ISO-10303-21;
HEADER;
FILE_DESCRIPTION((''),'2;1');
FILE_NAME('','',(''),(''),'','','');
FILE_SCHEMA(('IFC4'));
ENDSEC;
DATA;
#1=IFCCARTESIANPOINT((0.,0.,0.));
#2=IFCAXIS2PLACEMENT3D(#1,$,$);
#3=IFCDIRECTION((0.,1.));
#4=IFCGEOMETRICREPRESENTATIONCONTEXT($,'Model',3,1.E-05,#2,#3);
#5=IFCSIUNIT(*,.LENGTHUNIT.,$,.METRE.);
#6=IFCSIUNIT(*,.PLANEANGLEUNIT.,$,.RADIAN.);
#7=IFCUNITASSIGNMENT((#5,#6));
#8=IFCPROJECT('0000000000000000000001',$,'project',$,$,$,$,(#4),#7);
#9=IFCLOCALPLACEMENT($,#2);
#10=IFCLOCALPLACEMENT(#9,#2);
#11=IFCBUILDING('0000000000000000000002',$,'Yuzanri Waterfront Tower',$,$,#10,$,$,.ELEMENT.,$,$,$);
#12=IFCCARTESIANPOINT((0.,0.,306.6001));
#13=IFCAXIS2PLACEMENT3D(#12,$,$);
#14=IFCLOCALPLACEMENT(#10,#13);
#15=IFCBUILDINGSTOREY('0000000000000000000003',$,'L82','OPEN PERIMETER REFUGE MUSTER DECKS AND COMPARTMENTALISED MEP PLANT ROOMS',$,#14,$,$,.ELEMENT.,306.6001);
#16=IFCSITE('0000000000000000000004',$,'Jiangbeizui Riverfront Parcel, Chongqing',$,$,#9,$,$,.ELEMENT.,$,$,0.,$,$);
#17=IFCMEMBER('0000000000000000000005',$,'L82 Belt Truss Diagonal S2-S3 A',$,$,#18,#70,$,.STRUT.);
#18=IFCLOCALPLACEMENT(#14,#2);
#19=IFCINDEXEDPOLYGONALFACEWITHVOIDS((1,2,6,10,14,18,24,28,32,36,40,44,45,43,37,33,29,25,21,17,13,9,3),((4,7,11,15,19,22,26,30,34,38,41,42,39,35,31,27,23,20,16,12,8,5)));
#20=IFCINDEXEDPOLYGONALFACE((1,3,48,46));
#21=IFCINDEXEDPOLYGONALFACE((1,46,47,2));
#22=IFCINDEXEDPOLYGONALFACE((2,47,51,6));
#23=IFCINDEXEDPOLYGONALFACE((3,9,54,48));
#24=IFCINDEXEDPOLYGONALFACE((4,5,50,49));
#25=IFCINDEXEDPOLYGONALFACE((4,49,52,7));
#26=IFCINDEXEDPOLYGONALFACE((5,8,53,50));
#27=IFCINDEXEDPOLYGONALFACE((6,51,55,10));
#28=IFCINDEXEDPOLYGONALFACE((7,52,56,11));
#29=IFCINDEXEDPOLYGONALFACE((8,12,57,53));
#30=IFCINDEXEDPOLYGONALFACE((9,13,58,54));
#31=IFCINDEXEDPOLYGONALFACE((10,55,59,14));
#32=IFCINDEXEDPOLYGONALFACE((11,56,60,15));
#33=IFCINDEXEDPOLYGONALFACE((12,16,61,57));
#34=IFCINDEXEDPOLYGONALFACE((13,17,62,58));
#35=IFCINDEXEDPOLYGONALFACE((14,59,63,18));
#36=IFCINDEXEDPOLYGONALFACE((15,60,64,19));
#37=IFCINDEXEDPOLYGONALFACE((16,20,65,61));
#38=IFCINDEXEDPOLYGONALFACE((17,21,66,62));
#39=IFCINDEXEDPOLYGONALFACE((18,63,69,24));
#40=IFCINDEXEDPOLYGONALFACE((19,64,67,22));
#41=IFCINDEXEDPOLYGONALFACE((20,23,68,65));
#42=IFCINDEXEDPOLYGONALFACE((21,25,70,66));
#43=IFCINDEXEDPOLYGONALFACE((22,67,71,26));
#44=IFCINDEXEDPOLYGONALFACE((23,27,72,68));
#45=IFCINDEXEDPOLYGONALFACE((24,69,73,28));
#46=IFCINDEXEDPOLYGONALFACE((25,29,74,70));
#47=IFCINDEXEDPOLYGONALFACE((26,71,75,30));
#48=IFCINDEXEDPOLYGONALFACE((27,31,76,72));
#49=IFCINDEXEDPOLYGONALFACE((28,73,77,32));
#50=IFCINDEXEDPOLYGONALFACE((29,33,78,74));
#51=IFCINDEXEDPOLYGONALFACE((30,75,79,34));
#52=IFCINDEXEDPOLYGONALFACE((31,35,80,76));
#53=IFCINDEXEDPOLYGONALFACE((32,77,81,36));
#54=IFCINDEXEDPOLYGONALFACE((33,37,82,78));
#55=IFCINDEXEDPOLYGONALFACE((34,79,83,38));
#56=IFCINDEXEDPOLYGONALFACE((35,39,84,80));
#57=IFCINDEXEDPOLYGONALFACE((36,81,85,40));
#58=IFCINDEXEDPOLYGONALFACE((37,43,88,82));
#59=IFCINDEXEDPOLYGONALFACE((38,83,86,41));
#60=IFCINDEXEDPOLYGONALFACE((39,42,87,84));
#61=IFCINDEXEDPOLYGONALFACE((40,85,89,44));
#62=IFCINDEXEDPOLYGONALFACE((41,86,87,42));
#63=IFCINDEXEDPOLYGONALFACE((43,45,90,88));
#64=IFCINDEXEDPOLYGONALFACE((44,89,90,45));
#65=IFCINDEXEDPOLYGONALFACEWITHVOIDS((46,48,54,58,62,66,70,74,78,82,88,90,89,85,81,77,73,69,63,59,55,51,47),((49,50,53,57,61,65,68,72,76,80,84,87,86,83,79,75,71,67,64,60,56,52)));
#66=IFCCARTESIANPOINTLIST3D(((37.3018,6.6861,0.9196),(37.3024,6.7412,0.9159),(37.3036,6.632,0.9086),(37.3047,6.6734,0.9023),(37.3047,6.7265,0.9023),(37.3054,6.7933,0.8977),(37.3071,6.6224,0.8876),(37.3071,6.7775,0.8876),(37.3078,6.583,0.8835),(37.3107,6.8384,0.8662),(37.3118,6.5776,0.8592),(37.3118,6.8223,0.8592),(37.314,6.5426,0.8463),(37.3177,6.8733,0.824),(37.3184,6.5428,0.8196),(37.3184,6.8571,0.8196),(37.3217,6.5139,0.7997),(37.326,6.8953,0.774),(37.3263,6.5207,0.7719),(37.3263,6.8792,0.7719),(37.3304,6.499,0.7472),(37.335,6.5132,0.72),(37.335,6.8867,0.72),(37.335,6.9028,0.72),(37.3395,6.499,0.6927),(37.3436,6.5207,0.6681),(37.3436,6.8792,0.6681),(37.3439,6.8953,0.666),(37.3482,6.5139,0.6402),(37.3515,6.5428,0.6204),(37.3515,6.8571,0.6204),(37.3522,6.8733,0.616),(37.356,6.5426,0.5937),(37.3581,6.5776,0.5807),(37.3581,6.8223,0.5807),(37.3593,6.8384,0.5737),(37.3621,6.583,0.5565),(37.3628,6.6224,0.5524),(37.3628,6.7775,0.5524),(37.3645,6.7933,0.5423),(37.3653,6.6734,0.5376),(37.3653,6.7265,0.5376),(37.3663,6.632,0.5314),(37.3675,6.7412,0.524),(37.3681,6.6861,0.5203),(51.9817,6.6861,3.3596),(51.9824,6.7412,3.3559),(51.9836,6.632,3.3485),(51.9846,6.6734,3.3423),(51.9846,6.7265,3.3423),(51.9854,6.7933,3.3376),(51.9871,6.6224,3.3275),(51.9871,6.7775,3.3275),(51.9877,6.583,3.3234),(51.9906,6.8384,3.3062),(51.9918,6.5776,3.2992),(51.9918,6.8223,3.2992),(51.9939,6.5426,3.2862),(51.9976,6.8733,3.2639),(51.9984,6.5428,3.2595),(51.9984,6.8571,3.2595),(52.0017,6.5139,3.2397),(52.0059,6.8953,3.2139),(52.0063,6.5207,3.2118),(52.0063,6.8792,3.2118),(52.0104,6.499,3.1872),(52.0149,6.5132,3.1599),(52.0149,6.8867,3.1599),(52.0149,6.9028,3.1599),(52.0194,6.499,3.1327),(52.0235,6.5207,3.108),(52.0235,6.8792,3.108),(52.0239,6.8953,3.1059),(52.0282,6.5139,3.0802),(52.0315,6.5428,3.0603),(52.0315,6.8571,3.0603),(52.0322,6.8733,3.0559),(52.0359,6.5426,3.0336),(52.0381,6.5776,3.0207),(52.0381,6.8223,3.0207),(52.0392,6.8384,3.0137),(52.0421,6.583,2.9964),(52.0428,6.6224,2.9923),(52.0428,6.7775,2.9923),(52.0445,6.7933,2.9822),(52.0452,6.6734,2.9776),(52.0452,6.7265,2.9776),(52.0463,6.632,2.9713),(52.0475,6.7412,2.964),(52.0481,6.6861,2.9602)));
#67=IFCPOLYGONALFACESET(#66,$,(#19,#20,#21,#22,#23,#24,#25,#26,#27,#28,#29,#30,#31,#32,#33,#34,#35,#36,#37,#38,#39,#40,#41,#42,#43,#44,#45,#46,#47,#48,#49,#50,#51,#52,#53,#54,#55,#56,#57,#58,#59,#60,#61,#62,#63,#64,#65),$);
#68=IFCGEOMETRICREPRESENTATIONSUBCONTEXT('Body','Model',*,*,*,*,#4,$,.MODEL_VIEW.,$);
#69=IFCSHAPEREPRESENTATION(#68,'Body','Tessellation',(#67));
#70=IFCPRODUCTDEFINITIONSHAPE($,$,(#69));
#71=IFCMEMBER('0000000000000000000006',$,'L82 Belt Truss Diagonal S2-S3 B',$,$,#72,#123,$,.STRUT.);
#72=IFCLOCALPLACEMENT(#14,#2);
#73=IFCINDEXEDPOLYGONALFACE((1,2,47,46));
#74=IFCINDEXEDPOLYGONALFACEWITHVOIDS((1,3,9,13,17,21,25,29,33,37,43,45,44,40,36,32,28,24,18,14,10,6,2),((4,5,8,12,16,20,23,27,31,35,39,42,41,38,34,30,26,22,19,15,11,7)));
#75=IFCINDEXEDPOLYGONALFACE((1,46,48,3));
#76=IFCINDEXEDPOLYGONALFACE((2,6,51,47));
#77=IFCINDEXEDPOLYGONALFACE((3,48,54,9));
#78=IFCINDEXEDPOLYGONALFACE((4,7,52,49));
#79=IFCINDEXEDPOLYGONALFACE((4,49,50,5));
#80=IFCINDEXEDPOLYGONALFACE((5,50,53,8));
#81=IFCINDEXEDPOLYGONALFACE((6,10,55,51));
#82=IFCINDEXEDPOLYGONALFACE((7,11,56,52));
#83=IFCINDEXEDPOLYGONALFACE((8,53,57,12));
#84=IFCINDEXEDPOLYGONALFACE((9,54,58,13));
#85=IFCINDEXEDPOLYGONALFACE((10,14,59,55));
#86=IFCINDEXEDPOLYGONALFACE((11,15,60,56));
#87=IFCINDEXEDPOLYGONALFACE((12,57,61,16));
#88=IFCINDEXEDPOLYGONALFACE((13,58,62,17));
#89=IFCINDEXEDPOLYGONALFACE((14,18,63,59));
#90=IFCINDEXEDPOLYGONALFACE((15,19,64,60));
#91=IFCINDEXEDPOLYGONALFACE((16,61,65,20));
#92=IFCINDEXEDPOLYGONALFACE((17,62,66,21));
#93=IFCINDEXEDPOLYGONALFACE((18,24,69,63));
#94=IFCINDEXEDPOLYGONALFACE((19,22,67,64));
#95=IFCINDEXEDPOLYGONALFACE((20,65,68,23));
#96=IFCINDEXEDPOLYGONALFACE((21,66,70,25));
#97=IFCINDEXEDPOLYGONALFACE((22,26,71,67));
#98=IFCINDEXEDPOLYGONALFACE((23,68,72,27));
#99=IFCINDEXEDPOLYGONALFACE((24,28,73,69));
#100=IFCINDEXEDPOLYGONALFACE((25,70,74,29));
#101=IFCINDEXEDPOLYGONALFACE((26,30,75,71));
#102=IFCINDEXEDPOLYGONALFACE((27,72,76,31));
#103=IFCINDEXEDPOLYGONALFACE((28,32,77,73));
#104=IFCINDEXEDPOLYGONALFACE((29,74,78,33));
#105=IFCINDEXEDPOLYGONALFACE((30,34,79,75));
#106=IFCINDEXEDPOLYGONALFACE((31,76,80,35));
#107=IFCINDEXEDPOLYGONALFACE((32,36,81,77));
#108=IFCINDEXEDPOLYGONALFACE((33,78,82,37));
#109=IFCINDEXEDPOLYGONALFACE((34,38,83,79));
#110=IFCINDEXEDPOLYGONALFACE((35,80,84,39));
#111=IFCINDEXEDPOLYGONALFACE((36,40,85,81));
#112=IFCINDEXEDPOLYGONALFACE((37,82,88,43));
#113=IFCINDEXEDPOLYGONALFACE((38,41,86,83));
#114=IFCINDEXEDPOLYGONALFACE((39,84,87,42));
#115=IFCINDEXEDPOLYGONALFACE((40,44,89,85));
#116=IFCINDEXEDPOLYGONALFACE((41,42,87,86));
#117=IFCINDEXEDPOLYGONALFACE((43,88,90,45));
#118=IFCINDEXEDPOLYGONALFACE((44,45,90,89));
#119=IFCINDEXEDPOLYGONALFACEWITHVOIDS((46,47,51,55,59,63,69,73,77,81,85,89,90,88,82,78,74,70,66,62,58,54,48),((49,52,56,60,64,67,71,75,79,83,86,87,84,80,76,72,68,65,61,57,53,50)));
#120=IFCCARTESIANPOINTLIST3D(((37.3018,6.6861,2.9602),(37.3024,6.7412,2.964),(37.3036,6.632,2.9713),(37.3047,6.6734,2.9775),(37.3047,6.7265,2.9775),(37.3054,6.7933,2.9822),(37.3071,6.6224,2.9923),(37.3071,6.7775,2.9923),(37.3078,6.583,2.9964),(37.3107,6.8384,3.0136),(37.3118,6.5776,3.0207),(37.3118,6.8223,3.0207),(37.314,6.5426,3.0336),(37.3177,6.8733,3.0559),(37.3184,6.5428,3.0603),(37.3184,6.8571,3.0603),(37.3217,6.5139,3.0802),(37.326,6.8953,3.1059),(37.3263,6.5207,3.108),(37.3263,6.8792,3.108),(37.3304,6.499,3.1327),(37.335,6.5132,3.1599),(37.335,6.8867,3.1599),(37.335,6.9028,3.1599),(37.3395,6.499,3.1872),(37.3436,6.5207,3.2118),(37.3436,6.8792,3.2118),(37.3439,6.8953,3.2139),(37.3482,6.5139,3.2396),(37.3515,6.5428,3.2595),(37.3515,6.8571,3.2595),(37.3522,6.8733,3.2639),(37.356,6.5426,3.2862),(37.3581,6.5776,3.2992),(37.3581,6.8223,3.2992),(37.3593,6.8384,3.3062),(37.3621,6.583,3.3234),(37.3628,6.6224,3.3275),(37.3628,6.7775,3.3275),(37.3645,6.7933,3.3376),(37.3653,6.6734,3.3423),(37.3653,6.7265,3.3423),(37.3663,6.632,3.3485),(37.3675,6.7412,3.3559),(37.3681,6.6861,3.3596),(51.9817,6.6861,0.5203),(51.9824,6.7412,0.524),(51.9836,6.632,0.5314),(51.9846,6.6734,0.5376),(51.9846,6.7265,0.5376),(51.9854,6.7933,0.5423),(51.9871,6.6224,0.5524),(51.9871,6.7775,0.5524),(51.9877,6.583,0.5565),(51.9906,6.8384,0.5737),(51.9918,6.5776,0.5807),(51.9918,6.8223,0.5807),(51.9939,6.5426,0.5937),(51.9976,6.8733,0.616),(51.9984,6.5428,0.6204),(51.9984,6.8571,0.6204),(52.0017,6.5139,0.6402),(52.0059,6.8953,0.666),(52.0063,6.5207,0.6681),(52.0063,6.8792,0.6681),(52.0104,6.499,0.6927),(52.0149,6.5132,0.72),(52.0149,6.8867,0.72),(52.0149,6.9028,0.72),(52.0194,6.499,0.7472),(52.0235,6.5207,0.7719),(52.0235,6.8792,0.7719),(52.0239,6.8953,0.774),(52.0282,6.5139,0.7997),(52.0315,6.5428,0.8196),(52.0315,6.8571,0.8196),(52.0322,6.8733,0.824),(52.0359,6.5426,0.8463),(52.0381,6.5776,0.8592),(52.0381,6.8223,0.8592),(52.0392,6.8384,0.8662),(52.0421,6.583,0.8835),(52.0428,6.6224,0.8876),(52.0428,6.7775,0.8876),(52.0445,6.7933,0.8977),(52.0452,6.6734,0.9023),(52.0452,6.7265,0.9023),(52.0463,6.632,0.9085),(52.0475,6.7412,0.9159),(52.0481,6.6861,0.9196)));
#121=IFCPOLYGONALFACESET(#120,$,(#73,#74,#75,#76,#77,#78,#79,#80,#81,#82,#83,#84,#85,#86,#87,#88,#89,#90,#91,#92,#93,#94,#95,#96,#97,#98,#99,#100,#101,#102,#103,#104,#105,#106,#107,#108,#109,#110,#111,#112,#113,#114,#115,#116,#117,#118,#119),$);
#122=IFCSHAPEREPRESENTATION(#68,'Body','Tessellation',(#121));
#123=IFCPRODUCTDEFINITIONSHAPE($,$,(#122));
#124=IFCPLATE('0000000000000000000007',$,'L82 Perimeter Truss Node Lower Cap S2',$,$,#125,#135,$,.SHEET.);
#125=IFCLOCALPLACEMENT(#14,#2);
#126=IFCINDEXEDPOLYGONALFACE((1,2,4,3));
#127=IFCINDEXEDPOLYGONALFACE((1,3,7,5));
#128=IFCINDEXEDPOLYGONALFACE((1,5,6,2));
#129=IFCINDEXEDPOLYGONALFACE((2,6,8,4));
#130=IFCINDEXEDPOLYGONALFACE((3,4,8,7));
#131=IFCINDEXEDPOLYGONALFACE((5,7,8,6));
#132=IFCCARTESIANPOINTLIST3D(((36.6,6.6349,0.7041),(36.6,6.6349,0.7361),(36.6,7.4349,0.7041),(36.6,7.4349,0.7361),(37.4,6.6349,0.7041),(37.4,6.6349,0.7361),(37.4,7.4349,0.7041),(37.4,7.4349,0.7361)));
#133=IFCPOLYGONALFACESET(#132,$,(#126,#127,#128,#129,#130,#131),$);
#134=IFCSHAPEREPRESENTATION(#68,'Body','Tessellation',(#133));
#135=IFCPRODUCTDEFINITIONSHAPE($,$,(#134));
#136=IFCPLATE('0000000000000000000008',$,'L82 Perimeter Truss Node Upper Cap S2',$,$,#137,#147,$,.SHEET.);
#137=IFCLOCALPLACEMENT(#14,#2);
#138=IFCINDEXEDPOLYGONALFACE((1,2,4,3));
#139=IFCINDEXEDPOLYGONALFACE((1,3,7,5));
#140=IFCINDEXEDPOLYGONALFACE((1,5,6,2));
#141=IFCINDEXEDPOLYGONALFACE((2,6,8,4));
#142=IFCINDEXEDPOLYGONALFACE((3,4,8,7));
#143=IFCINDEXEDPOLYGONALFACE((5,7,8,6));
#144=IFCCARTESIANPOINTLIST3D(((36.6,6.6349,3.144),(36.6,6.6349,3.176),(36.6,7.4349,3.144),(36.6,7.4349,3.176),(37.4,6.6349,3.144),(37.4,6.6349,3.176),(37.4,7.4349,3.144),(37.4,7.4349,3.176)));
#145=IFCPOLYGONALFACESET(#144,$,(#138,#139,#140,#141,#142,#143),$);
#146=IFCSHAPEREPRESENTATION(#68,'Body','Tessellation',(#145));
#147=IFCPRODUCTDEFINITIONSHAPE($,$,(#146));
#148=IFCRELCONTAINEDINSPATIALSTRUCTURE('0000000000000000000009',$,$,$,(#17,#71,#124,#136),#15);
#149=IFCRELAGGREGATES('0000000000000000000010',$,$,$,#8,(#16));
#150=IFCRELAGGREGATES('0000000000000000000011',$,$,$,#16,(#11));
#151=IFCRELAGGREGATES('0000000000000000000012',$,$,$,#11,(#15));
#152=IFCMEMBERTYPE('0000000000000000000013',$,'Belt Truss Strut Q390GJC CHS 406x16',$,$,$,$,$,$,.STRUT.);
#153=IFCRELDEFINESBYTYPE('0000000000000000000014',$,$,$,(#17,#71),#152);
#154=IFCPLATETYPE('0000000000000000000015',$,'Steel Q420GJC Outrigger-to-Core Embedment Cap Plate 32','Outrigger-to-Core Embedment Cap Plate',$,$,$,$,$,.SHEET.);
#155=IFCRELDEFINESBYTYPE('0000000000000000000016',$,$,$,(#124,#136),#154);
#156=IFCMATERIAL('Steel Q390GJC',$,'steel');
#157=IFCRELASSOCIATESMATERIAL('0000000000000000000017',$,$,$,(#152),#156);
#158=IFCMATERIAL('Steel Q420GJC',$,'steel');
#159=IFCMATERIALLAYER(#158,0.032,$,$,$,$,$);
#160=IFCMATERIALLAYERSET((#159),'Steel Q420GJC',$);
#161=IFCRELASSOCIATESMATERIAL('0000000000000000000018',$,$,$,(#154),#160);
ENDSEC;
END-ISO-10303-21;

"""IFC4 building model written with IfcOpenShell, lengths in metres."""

from ifc_helpers import new_model, si_unit, direction, frame, origin, origin_2d, place, context, subcontext, project, spatial, rectangle, hollow_circle, extrude, source, transform, mapped, material, layer, layer_set, material_profile, profile_set, type_object, element, save


model = new_model("IFC4")

# Units and contexts
model_context = context("Model", 3, precision=1e-05, world=origin(), true_north=direction((0.0, 1.0)))
body_context = subcontext(model_context, "Body", "Model", "MODEL_VIEW")
ifc_project = project(units=[si_unit("LENGTHUNIT", "METRE"), si_unit("PLANEANGLEUNIT", "RADIAN")], contexts=[model_context])

# Site, building, storey
site_placement = place(None, origin())
site = spatial("IfcSite", under=ifc_project, at=site_placement, Name="Jiangbeizui Riverfront Parcel, Chongqing", CompositionType="ELEMENT", RefElevation=0.0)
building_placement = place(site_placement, origin())
building = spatial("IfcBuilding", under=site, at=building_placement, Name="Yuzanri Waterfront Tower", CompositionType="ELEMENT")
storey_placement = place(building_placement, frame((0.0, 0.0, 306.6001)))
storey = spatial("IfcBuildingStorey", under=building, at=storey_placement, Name="L82", Description="OPEN PERIMETER REFUGE MUSTER DECKS AND COMPARTMENTALISED MEP PLANT ROOMS", CompositionType="ELEMENT", Elevation=306.6001)

# Members
ifc_material_1 = material(Name="Steel Q390GJC", Category="steel")
ifc_material_profile_1 = material_profile(ifc_material_1, hollow_circle(Radius=0.2029, WallThickness=0.0161, at=origin_2d()), Name="CHS 406x16")
ifc_profile_set_1 = profile_set([ifc_material_profile_1], Name="Steel Q390GJC")
member_type_1 = type_object("IfcMemberType", Name="Belt Truss Strut Q390GJC CHS 406x16", PredefinedType="STRUT", material=ifc_profile_set_1)
shared_shape_1 = source(origin(), body_context, "Body", "SweptSolid", [
    extrude(hollow_circle(Radius=0.2029, WallThickness=0.0161, at=origin_2d()), origin(), (0.0, 0.0, 1.0), 14.8813),
])
for number, where, z_axis, x_axis, name in (
    (1, (37.335, 6.7, 0.72), (0.986467, 0.0, 0.16396), (0.0, 1.0, 0.0), "L82 Belt Truss Diagonal S2-S3 A"),
    (2, (37.335, 6.7, 3.1599), (0.986467, 0.0, -0.16396), (0.0, 1.0, 0.0), "L82 Belt Truss Diagonal S2-S3 B"),
):
    element("IfcMember", number, at=place(storey_placement, frame(where, z_axis=z_axis, x_axis=x_axis)), inside=storey, type_object=member_type_1, Name=name, PredefinedType="STRUT", context=body_context, shape_type="MappedRepresentation", body=[
        mapped(shared_shape_1, transform((0.0, 0.0, 0.0), scale=1.0)),
    ])

# Plates
ifc_material_2 = material(Name="Steel Q420GJC", Category="steel")
ifc_layer_1 = layer(ifc_material_2, 0.032)
ifc_layer_set_1 = layer_set([ifc_layer_1], Name="Steel Q420GJC")
plate_type = type_object("IfcPlateType", Name="Steel Q420GJC Outrigger-to-Core Embedment Cap Plate 32", Description="Outrigger-to-Core Embedment Cap Plate", PredefinedType="SHEET", material=ifc_layer_set_1)
shared_shape_2 = source(origin(), body_context, "Body", "SweptSolid", [
    extrude(rectangle(XDim=0.8, YDim=0.8, at=origin_2d()), origin(), (0.0, 0.0, 1.0), 0.032),
])
for number, where, z_axis, x_axis, name in (
    (3, (37.0, 7.0349, 0.7041), (0.0, 0.0, 1.0), (1.0, 0.0, 0.0), "L82 Perimeter Truss Node Lower Cap S2"),
    (4, (37.0, 7.0349, 3.144), (0.0, 0.0, 1.0), (1.0, 0.0, 0.0), "L82 Perimeter Truss Node Upper Cap S2"),
):
    element("IfcPlate", number, at=place(storey_placement, frame(where, z_axis=z_axis, x_axis=x_axis)), inside=storey, type_object=plate_type, Name=name, PredefinedType="SHEET", context=body_context, shape_type="MappedRepresentation", body=[
        mapped(shared_shape_2, transform((0.0, 0.0, 0.0), scale=1.0)),
    ])

save(model, "model.ifc")
